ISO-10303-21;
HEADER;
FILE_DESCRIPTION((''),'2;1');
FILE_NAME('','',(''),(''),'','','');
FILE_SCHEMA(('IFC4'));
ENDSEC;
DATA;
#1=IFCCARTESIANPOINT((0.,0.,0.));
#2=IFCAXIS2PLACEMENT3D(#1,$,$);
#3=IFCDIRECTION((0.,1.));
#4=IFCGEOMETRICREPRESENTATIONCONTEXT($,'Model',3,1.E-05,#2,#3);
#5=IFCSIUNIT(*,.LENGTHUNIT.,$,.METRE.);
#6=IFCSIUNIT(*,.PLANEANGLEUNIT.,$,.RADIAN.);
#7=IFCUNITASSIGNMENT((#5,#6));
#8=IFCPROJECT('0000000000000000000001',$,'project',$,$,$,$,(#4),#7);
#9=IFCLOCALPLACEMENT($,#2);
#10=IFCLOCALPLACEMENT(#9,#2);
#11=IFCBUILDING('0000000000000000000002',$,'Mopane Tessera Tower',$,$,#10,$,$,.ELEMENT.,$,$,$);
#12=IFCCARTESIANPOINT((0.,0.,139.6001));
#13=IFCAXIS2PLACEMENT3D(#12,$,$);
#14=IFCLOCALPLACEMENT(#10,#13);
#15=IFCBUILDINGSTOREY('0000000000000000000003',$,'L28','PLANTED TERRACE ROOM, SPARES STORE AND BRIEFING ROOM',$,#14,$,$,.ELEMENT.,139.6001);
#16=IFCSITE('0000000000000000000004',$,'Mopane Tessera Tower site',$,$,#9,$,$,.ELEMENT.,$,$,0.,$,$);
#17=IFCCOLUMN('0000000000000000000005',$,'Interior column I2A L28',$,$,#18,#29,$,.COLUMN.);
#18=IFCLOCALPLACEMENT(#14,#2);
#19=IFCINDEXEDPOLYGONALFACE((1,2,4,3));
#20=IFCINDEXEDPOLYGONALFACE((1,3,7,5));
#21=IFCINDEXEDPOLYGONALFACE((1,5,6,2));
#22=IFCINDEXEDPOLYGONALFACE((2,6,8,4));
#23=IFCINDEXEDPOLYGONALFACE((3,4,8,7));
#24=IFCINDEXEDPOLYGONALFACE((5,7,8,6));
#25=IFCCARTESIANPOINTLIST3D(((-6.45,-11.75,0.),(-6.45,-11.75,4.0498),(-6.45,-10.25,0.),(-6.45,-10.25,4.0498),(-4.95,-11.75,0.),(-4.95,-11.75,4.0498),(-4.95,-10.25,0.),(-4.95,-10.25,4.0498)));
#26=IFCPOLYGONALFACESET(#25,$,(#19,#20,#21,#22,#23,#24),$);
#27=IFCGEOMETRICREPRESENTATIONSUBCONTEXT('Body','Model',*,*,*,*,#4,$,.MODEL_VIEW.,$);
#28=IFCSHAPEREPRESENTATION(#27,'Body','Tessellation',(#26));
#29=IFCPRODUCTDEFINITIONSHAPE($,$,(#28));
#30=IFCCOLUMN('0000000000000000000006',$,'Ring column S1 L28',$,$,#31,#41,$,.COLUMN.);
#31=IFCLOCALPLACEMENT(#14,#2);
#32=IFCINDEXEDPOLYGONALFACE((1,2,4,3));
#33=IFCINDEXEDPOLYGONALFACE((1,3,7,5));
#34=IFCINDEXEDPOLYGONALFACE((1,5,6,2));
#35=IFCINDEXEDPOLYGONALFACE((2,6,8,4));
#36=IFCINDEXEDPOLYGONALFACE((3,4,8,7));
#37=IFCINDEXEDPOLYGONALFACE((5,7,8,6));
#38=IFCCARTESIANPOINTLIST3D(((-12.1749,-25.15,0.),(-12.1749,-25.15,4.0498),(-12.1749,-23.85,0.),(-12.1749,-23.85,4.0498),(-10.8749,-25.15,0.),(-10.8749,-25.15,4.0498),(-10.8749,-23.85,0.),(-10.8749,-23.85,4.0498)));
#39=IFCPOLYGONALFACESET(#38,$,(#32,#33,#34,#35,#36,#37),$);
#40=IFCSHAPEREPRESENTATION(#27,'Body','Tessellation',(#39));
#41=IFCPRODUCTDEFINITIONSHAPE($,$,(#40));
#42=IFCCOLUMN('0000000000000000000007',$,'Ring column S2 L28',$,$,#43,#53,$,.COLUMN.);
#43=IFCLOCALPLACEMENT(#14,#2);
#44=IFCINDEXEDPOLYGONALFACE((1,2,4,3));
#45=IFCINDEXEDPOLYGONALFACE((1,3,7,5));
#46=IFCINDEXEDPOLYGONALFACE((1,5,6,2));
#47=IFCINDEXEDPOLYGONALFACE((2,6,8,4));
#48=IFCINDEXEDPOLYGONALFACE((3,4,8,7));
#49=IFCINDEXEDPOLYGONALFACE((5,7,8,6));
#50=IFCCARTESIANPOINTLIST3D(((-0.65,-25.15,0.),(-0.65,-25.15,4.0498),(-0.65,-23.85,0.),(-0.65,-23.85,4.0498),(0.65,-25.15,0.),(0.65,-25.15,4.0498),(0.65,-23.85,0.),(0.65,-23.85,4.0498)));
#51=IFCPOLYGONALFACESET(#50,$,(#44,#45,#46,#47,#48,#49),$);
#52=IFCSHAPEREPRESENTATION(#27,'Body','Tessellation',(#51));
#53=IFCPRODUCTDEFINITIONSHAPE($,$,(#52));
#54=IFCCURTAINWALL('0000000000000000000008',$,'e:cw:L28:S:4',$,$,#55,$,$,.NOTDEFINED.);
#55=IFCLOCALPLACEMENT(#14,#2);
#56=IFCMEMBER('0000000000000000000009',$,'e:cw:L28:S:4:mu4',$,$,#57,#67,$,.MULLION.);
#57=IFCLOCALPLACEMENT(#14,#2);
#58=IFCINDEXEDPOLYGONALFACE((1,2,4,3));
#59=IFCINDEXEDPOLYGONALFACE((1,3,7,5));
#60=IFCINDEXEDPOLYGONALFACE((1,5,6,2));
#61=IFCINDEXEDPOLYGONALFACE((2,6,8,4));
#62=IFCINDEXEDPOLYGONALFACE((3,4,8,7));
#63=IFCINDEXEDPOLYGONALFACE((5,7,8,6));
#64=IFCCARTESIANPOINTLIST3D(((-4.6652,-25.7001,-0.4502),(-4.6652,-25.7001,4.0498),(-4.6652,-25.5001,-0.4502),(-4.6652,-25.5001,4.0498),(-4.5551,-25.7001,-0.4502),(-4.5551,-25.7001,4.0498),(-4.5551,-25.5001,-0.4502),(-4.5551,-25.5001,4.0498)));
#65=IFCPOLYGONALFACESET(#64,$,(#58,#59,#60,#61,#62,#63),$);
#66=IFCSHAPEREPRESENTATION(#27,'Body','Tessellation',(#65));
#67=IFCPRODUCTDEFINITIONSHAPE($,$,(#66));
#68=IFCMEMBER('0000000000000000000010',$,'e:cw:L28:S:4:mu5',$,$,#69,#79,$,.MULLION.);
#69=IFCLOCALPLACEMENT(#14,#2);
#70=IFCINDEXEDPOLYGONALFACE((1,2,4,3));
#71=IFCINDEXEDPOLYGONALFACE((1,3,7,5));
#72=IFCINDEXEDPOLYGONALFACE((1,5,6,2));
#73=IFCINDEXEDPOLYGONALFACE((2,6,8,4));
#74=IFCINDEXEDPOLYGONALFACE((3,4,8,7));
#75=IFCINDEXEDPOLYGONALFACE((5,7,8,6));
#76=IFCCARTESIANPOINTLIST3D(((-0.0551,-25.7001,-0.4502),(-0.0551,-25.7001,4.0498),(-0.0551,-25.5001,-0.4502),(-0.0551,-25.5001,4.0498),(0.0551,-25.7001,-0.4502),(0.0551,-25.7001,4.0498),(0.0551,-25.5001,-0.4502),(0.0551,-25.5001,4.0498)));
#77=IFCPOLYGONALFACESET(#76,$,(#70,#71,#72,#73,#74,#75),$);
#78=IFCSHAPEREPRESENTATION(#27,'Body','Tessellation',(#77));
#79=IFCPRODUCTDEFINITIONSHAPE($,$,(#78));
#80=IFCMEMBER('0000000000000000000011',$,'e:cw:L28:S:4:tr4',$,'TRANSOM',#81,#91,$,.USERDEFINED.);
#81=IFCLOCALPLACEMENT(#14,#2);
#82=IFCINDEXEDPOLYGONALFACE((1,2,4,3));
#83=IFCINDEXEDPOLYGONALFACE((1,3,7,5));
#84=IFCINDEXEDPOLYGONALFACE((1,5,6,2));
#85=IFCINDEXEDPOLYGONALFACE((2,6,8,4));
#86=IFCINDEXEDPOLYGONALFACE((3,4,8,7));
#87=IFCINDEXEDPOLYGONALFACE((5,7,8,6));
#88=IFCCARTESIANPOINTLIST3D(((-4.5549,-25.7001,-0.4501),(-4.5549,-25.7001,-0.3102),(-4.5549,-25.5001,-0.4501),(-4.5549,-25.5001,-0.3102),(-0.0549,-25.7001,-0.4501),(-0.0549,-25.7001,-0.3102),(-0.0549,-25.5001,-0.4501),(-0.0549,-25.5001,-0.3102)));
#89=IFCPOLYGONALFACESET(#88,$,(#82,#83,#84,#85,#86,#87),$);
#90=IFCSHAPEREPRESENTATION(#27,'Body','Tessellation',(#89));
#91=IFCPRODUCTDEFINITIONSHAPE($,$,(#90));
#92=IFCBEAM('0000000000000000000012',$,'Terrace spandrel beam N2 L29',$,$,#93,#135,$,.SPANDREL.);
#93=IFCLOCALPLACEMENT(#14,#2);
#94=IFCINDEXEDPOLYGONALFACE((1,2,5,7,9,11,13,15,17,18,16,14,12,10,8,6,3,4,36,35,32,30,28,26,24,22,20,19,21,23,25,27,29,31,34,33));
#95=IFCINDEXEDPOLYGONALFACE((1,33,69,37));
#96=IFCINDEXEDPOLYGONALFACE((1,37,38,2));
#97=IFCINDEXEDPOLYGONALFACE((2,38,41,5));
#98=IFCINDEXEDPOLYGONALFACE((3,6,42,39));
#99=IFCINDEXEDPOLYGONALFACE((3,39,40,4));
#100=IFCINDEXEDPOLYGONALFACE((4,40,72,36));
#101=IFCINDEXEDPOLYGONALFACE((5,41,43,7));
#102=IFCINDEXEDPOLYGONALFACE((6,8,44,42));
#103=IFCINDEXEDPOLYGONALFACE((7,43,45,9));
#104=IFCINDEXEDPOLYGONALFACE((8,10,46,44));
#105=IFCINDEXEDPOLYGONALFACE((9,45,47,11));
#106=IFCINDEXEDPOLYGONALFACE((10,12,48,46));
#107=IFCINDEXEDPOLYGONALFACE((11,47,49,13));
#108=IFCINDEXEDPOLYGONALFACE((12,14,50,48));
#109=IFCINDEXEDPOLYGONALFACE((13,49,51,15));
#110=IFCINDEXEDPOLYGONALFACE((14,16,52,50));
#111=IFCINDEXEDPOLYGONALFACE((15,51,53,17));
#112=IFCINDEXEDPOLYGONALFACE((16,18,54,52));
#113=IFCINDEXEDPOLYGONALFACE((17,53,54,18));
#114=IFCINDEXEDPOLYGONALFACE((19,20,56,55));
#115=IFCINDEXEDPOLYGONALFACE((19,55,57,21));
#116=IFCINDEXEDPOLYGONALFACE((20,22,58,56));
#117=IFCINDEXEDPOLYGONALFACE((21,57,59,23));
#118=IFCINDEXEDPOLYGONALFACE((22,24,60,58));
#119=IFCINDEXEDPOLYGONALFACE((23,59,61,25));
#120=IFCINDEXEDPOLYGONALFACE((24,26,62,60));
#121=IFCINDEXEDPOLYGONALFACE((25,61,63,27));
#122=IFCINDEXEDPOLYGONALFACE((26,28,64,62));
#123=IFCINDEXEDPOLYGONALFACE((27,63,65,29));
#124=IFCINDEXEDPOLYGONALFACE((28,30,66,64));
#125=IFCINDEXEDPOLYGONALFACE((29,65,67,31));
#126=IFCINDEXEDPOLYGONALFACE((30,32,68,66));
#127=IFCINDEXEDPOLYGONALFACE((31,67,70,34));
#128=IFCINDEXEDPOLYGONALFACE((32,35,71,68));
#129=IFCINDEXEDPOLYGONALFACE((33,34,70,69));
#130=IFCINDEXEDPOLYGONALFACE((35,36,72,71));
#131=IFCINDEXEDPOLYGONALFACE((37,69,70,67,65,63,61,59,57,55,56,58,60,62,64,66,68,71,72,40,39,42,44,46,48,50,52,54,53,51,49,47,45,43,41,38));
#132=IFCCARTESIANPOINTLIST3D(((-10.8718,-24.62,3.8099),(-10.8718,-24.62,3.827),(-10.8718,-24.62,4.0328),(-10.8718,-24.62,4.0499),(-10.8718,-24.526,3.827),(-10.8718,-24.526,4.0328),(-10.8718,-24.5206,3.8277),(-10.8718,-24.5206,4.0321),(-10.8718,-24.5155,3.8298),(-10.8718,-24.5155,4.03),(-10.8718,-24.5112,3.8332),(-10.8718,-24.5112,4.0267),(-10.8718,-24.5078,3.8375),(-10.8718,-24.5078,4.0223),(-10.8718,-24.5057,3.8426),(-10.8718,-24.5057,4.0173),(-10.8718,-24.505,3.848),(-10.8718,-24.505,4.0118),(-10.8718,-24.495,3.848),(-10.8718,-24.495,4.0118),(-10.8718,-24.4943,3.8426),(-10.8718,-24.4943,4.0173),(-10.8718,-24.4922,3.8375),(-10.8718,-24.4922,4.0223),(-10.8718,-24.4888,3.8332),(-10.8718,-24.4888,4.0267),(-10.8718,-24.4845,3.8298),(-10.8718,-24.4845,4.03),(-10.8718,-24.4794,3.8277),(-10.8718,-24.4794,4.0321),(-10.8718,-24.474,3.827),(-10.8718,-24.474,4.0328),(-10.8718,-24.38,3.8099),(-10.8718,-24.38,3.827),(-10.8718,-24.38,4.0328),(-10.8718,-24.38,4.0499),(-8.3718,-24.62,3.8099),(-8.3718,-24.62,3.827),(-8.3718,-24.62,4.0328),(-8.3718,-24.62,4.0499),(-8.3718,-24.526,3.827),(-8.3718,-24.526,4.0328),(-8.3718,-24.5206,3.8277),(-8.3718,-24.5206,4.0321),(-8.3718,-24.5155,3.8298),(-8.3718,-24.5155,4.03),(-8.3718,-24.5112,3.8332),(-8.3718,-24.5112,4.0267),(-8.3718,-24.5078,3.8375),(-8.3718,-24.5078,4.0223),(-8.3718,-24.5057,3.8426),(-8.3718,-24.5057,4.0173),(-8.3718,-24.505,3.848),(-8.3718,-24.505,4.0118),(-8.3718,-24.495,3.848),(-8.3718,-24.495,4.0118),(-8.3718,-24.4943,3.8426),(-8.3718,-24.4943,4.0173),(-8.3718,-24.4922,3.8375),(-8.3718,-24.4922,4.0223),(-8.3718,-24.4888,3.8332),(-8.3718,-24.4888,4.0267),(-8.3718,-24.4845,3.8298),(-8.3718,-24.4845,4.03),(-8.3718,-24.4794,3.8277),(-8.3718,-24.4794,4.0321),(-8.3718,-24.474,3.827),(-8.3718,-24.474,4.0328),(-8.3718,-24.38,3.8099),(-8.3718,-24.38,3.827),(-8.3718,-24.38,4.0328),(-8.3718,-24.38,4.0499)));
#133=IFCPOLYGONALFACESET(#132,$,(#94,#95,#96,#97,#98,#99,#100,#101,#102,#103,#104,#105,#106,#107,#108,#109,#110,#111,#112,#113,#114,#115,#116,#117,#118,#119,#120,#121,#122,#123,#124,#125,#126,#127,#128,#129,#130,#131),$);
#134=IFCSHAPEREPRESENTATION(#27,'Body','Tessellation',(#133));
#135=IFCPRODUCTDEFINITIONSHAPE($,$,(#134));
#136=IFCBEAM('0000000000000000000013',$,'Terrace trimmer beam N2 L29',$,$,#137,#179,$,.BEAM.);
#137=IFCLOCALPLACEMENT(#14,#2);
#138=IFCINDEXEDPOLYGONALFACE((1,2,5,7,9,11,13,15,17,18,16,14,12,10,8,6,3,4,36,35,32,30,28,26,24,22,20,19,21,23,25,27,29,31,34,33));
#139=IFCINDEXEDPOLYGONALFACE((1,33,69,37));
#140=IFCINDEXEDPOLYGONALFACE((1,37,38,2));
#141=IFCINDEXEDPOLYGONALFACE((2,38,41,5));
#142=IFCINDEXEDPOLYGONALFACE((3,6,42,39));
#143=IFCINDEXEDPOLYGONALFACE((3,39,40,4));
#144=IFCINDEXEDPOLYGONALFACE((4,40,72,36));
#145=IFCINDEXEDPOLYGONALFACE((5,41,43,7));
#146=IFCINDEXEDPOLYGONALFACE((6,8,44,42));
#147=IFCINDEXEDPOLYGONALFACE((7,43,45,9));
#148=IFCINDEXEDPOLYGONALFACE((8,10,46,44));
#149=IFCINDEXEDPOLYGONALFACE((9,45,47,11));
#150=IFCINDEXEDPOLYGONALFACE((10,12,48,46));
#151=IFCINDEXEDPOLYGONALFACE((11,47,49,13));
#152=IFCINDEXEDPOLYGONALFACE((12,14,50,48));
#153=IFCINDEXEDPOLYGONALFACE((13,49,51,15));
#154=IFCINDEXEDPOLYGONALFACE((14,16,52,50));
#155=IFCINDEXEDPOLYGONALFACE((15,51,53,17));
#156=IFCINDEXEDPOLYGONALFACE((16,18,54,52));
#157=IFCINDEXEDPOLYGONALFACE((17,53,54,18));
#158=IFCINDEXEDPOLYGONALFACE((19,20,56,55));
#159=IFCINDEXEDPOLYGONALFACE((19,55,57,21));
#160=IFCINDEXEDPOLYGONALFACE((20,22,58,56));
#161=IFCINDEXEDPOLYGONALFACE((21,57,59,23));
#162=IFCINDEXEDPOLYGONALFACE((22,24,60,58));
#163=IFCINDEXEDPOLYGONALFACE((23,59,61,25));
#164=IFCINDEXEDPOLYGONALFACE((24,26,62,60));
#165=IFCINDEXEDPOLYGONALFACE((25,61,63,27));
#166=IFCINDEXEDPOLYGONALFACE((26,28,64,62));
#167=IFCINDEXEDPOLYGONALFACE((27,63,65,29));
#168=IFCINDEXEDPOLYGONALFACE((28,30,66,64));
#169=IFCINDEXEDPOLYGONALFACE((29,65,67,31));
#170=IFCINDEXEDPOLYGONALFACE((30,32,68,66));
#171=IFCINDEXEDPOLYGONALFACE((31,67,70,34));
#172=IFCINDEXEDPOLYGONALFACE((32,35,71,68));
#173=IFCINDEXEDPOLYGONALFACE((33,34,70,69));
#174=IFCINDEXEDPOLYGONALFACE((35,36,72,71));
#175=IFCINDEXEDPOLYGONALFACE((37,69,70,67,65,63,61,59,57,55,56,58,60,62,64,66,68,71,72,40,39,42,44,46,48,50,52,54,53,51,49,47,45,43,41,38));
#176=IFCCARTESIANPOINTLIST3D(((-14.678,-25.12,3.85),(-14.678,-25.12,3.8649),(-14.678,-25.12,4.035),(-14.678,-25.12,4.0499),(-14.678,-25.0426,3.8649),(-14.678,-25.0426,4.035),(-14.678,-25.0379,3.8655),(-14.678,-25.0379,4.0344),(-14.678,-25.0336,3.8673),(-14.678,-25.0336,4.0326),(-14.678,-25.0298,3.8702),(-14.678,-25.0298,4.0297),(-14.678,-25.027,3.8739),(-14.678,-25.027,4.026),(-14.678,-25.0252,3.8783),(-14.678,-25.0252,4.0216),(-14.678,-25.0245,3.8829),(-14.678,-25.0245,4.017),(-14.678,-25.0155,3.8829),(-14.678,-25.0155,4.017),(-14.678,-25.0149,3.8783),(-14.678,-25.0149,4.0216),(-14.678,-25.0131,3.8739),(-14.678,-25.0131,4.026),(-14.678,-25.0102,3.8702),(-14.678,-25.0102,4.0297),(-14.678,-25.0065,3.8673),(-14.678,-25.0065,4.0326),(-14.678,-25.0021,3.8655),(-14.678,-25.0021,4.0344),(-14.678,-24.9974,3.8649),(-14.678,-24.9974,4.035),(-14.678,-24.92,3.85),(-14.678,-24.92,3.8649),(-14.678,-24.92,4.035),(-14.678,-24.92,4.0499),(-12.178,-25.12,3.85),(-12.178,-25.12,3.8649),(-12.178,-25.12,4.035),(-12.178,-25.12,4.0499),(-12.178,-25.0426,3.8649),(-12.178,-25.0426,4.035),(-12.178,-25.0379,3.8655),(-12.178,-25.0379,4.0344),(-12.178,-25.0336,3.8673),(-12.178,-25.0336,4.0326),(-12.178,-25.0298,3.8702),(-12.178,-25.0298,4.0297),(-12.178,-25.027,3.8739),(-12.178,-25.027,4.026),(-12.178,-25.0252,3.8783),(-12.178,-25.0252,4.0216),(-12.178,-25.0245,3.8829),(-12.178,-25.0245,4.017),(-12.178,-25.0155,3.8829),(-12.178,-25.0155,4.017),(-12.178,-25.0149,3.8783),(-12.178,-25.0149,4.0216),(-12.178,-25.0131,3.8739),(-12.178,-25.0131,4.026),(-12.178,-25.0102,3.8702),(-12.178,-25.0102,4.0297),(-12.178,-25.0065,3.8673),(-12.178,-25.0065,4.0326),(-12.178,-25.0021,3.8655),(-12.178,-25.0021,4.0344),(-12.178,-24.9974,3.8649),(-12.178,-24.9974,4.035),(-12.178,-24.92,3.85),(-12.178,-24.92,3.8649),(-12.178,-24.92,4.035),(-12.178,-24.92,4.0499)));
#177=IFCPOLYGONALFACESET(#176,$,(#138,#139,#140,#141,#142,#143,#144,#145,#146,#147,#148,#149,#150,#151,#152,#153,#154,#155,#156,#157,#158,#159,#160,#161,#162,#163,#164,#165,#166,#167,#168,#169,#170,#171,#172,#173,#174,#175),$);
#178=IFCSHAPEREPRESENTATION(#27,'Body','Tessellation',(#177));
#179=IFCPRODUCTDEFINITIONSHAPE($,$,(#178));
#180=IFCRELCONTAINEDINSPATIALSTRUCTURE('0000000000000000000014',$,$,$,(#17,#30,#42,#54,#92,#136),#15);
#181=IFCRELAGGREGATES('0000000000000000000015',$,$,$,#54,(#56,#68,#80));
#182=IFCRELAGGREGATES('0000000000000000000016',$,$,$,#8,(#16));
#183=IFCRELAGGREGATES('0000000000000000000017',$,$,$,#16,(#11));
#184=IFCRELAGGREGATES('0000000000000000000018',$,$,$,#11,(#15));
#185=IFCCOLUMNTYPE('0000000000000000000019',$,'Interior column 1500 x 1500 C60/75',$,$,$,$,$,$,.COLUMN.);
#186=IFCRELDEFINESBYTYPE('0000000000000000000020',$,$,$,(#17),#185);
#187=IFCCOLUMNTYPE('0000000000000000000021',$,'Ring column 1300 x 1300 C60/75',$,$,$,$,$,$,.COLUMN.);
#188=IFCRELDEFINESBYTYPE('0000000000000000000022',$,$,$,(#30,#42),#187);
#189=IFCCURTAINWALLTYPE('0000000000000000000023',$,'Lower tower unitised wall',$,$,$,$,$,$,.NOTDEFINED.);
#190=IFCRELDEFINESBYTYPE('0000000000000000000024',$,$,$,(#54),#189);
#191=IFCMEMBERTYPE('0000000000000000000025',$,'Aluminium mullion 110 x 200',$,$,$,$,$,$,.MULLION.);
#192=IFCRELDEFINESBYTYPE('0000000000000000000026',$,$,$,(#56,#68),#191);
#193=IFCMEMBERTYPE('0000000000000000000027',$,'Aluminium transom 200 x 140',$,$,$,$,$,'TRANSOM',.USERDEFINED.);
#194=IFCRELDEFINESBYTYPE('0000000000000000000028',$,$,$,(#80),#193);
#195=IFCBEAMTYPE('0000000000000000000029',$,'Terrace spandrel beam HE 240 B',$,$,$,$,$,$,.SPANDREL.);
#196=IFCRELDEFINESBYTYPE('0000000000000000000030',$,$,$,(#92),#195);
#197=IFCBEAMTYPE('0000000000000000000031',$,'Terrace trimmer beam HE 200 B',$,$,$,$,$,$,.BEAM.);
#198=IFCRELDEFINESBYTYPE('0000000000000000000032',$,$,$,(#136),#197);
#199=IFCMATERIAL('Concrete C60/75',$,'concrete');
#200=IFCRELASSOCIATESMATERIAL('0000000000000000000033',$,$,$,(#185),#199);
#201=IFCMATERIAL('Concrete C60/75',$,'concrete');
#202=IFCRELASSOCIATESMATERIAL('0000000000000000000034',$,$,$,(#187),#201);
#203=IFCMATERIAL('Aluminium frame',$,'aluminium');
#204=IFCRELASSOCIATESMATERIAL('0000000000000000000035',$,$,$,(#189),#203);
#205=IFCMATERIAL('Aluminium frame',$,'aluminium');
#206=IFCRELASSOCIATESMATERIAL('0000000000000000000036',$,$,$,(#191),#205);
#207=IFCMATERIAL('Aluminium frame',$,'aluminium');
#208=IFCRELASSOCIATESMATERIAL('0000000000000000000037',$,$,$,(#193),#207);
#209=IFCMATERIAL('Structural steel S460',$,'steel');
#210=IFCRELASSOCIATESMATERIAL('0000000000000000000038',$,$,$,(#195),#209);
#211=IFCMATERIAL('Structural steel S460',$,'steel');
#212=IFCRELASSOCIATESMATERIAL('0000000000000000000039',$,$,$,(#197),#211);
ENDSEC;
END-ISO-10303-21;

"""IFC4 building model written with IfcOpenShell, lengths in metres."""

from ifc_helpers import new_model, si_unit, direction, frame, origin, origin_2d, place, context, subcontext, project, spatial, rectangle, i_section, extrude, material, material_profile, profile_set, type_object, element, aggregate, save


model = new_model("IFC4")

# Units and contexts
model_context = context("Model", 3, precision=1e-05, world=origin(), true_north=direction((0.0, 1.0)))
body_context = subcontext(model_context, "Body", "Model", "MODEL_VIEW")
ifc_project = project(units=[si_unit("LENGTHUNIT", "METRE"), si_unit("PLANEANGLEUNIT", "RADIAN")], contexts=[model_context])

# Site, building, storey
site_placement = place(None, origin())
site = spatial("IfcSite", under=ifc_project, at=site_placement, Name="Mopane Tessera Tower site", CompositionType="ELEMENT", RefElevation=0.0)
building_placement = place(site_placement, origin())
building = spatial("IfcBuilding", under=site, at=building_placement, Name="Mopane Tessera Tower", CompositionType="ELEMENT")
storey_placement = place(building_placement, frame((0.0, 0.0, 139.6001)))
storey = spatial("IfcBuildingStorey", under=building, at=storey_placement, Name="L28", Description="PLANTED TERRACE ROOM, SPARES STORE AND BRIEFING ROOM", CompositionType="ELEMENT", Elevation=139.6001)

# Columns
ifc_material_1 = material(Name="Concrete C60/75", Category="concrete")
ifc_material_profile_1 = material_profile(ifc_material_1, rectangle(XDim=1.5, YDim=1.5, at=origin_2d()))
ifc_profile_set_1 = profile_set([ifc_material_profile_1], Name="Concrete C60/75")
column_type_1 = type_object("IfcColumnType", Name="Interior column 1500 x 1500 C60/75", PredefinedType="COLUMN", material=ifc_profile_set_1)
column_placement = place(storey_placement, frame((-5.7, -11.0, 0.0), z_axis=(0.0, 0.0, 1.0), x_axis=(1.0, 0.0, 0.0)))
element("IfcColumn", 1, at=column_placement, inside=storey, type_object=column_type_1, Name="Interior column I2A L28", PredefinedType="COLUMN", context=body_context, shape_type="SweptSolid", body=[
    extrude(rectangle(XDim=1.5, YDim=1.5, at=origin_2d()), origin(), (0.0, 0.0, 1.0), 4.0498),
])
ifc_material_2 = material(Name="Concrete C60/75", Category="concrete")
ifc_material_profile_2 = material_profile(ifc_material_2, rectangle(XDim=1.3, YDim=1.3, at=origin_2d()))
ifc_profile_set_2 = profile_set([ifc_material_profile_2], Name="Concrete C60/75")
column_type_2 = type_object("IfcColumnType", Name="Ring column 1300 x 1300 C60/75", PredefinedType="COLUMN", material=ifc_profile_set_2)
for number, where, z_axis, x_axis, name in (
    (2, (-11.5249, -24.5, 0.0), (0.0, 0.0, 1.0), (1.0, 0.0, 0.0), "Ring column S1 L28"),
    (3, (0.0, -24.5, 0.0), (0.0, 0.0, 1.0), (1.0, 0.0, 0.0), "Ring column S2 L28"),
):
    element("IfcColumn", number, at=place(storey_placement, frame(where, z_axis=z_axis, x_axis=x_axis)), inside=storey, type_object=column_type_2, Name=name, PredefinedType="COLUMN", context=body_context, shape_type="SweptSolid", body=[
        extrude(rectangle(XDim=1.3, YDim=1.3, at=origin_2d()), origin(), (0.0, 0.0, 1.0), 4.0498),
    ])

# Curtain wall, members
ifc_material_3 = material(Name="Aluminium frame", Category="aluminium")
curtain_wall_type = type_object("IfcCurtainWallType", Name="Lower tower unitised wall", PredefinedType="NOTDEFINED", material=ifc_material_3)
curtain_wall_placement = place(storey_placement, origin())
curtain_wall = element("IfcCurtainWall", 4, at=curtain_wall_placement, inside=storey, type_object=curtain_wall_type, Name="e:cw:L28:S:4", PredefinedType="NOTDEFINED")
ifc_material_4 = material(Name="Aluminium frame", Category="aluminium")
ifc_material_profile_3 = material_profile(ifc_material_4, rectangle(XDim=0.1101, YDim=0.2, at=origin_2d()))
ifc_profile_set_3 = profile_set([ifc_material_profile_3], Name="Aluminium frame")
member_type_1 = type_object("IfcMemberType", Name="Aluminium mullion 110 x 200", PredefinedType="MULLION", material=ifc_profile_set_3)
member_1_placement = place(storey_placement, frame((-4.6101, -25.6001, -0.4502), z_axis=(0.0, 0.0, 1.0), x_axis=(1.0, 0.0, 0.0)))
member_1 = element("IfcMember", 5, at=member_1_placement, type_object=member_type_1, Name="e:cw:L28:S:4:mu4", PredefinedType="MULLION", context=body_context, shape_type="SweptSolid", body=[
    extrude(rectangle(XDim=0.1101, YDim=0.2, at=origin_2d()), origin(), (0.0, 0.0, 1.0), 4.5),
])
member_2_placement = place(storey_placement, frame((0.0, -25.6001, -0.4502), z_axis=(0.0, 0.0, 1.0), x_axis=(1.0, 0.0, 0.0)))
member_2 = element("IfcMember", 6, at=member_2_placement, type_object=member_type_1, Name="e:cw:L28:S:4:mu5", PredefinedType="MULLION", context=body_context, shape_type="SweptSolid", body=[
    extrude(rectangle(XDim=0.1101, YDim=0.2, at=origin_2d()), origin(), (0.0, 0.0, 1.0), 4.5),
])
ifc_material_5 = material(Name="Aluminium frame", Category="aluminium")
ifc_material_profile_4 = material_profile(ifc_material_5, rectangle(XDim=0.2, YDim=0.1399, at=origin_2d()))
ifc_profile_set_4 = profile_set([ifc_material_profile_4], Name="Aluminium frame")
member_type_2 = type_object("IfcMemberType", Name="Aluminium transom 200 x 140", ElementType="TRANSOM", PredefinedType="USERDEFINED", material=ifc_profile_set_4)
member_3_placement = place(storey_placement, frame((-4.5549, -25.6001, -0.3801), z_axis=(1.0, 0.0, 0.0), x_axis=(0.0, 1.0, 0.0)))
member_3 = element("IfcMember", 7, at=member_3_placement, type_object=member_type_2, Name="e:cw:L28:S:4:tr4", ObjectType="TRANSOM", PredefinedType="USERDEFINED", context=body_context, shape_type="SweptSolid", body=[
    extrude(rectangle(XDim=0.2, YDim=0.1399, at=origin_2d()), origin(), (0.0, 0.0, 1.0), 4.5),
])

# Beams
ifc_material_6 = material(Name="Structural steel S460", Category="steel")
ifc_material_profile_5 = material_profile(ifc_material_6, i_section(OverallWidth=0.24, OverallDepth=0.24, WebThickness=0.01, FlangeThickness=0.0171, FilletRadius=0.021, at=origin_2d()))
ifc_profile_set_5 = profile_set([ifc_material_profile_5], Name="Structural steel S460")
beam_type_1 = type_object("IfcBeamType", Name="Terrace spandrel beam HE 240 B", PredefinedType="SPANDREL", material=ifc_profile_set_5)
beam_1_placement = place(storey_placement, frame((-10.8718, -24.5, 3.9299), z_axis=(1.0, 0.0, 0.0), x_axis=(0.0, 1.0, 0.0)))
element("IfcBeam", 8, at=beam_1_placement, inside=storey, type_object=beam_type_1, Name="Terrace spandrel beam N2 L29", PredefinedType="SPANDREL", context=body_context, shape_type="SweptSolid", body=[
    extrude(i_section(OverallWidth=0.24, OverallDepth=0.24, WebThickness=0.01, FlangeThickness=0.0171, FilletRadius=0.021, at=origin_2d()), origin(), (0.0, 0.0, 1.0), 2.5),
])
ifc_material_7 = material(Name="Structural steel S460", Category="steel")
ifc_material_profile_6 = material_profile(ifc_material_7, i_section(OverallWidth=0.2, OverallDepth=0.2, WebThickness=0.009, FlangeThickness=0.0149, FilletRadius=0.0181, at=origin_2d()))
ifc_profile_set_6 = profile_set([ifc_material_profile_6], Name="Structural steel S460")
beam_type_2 = type_object("IfcBeamType", Name="Terrace trimmer beam HE 200 B", PredefinedType="BEAM", material=ifc_profile_set_6)
beam_2_placement = place(storey_placement, frame((-12.178, -25.02, 3.95), z_axis=(-1.0, 0.0, 0.0), x_axis=(0.0, -1.0, 0.0)))
element("IfcBeam", 9, at=beam_2_placement, inside=storey, type_object=beam_type_2, Name="Terrace trimmer beam N2 L29", PredefinedType="BEAM", context=body_context, shape_type="SweptSolid", body=[
    extrude(i_section(OverallWidth=0.2, OverallDepth=0.2, WebThickness=0.009, FlangeThickness=0.0149, FilletRadius=0.0181, at=origin_2d()), origin(), (0.0, 0.0, 1.0), 2.5),
])

aggregate(curtain_wall, [member_1, member_2, member_3])

save(model, "model.ifc")
